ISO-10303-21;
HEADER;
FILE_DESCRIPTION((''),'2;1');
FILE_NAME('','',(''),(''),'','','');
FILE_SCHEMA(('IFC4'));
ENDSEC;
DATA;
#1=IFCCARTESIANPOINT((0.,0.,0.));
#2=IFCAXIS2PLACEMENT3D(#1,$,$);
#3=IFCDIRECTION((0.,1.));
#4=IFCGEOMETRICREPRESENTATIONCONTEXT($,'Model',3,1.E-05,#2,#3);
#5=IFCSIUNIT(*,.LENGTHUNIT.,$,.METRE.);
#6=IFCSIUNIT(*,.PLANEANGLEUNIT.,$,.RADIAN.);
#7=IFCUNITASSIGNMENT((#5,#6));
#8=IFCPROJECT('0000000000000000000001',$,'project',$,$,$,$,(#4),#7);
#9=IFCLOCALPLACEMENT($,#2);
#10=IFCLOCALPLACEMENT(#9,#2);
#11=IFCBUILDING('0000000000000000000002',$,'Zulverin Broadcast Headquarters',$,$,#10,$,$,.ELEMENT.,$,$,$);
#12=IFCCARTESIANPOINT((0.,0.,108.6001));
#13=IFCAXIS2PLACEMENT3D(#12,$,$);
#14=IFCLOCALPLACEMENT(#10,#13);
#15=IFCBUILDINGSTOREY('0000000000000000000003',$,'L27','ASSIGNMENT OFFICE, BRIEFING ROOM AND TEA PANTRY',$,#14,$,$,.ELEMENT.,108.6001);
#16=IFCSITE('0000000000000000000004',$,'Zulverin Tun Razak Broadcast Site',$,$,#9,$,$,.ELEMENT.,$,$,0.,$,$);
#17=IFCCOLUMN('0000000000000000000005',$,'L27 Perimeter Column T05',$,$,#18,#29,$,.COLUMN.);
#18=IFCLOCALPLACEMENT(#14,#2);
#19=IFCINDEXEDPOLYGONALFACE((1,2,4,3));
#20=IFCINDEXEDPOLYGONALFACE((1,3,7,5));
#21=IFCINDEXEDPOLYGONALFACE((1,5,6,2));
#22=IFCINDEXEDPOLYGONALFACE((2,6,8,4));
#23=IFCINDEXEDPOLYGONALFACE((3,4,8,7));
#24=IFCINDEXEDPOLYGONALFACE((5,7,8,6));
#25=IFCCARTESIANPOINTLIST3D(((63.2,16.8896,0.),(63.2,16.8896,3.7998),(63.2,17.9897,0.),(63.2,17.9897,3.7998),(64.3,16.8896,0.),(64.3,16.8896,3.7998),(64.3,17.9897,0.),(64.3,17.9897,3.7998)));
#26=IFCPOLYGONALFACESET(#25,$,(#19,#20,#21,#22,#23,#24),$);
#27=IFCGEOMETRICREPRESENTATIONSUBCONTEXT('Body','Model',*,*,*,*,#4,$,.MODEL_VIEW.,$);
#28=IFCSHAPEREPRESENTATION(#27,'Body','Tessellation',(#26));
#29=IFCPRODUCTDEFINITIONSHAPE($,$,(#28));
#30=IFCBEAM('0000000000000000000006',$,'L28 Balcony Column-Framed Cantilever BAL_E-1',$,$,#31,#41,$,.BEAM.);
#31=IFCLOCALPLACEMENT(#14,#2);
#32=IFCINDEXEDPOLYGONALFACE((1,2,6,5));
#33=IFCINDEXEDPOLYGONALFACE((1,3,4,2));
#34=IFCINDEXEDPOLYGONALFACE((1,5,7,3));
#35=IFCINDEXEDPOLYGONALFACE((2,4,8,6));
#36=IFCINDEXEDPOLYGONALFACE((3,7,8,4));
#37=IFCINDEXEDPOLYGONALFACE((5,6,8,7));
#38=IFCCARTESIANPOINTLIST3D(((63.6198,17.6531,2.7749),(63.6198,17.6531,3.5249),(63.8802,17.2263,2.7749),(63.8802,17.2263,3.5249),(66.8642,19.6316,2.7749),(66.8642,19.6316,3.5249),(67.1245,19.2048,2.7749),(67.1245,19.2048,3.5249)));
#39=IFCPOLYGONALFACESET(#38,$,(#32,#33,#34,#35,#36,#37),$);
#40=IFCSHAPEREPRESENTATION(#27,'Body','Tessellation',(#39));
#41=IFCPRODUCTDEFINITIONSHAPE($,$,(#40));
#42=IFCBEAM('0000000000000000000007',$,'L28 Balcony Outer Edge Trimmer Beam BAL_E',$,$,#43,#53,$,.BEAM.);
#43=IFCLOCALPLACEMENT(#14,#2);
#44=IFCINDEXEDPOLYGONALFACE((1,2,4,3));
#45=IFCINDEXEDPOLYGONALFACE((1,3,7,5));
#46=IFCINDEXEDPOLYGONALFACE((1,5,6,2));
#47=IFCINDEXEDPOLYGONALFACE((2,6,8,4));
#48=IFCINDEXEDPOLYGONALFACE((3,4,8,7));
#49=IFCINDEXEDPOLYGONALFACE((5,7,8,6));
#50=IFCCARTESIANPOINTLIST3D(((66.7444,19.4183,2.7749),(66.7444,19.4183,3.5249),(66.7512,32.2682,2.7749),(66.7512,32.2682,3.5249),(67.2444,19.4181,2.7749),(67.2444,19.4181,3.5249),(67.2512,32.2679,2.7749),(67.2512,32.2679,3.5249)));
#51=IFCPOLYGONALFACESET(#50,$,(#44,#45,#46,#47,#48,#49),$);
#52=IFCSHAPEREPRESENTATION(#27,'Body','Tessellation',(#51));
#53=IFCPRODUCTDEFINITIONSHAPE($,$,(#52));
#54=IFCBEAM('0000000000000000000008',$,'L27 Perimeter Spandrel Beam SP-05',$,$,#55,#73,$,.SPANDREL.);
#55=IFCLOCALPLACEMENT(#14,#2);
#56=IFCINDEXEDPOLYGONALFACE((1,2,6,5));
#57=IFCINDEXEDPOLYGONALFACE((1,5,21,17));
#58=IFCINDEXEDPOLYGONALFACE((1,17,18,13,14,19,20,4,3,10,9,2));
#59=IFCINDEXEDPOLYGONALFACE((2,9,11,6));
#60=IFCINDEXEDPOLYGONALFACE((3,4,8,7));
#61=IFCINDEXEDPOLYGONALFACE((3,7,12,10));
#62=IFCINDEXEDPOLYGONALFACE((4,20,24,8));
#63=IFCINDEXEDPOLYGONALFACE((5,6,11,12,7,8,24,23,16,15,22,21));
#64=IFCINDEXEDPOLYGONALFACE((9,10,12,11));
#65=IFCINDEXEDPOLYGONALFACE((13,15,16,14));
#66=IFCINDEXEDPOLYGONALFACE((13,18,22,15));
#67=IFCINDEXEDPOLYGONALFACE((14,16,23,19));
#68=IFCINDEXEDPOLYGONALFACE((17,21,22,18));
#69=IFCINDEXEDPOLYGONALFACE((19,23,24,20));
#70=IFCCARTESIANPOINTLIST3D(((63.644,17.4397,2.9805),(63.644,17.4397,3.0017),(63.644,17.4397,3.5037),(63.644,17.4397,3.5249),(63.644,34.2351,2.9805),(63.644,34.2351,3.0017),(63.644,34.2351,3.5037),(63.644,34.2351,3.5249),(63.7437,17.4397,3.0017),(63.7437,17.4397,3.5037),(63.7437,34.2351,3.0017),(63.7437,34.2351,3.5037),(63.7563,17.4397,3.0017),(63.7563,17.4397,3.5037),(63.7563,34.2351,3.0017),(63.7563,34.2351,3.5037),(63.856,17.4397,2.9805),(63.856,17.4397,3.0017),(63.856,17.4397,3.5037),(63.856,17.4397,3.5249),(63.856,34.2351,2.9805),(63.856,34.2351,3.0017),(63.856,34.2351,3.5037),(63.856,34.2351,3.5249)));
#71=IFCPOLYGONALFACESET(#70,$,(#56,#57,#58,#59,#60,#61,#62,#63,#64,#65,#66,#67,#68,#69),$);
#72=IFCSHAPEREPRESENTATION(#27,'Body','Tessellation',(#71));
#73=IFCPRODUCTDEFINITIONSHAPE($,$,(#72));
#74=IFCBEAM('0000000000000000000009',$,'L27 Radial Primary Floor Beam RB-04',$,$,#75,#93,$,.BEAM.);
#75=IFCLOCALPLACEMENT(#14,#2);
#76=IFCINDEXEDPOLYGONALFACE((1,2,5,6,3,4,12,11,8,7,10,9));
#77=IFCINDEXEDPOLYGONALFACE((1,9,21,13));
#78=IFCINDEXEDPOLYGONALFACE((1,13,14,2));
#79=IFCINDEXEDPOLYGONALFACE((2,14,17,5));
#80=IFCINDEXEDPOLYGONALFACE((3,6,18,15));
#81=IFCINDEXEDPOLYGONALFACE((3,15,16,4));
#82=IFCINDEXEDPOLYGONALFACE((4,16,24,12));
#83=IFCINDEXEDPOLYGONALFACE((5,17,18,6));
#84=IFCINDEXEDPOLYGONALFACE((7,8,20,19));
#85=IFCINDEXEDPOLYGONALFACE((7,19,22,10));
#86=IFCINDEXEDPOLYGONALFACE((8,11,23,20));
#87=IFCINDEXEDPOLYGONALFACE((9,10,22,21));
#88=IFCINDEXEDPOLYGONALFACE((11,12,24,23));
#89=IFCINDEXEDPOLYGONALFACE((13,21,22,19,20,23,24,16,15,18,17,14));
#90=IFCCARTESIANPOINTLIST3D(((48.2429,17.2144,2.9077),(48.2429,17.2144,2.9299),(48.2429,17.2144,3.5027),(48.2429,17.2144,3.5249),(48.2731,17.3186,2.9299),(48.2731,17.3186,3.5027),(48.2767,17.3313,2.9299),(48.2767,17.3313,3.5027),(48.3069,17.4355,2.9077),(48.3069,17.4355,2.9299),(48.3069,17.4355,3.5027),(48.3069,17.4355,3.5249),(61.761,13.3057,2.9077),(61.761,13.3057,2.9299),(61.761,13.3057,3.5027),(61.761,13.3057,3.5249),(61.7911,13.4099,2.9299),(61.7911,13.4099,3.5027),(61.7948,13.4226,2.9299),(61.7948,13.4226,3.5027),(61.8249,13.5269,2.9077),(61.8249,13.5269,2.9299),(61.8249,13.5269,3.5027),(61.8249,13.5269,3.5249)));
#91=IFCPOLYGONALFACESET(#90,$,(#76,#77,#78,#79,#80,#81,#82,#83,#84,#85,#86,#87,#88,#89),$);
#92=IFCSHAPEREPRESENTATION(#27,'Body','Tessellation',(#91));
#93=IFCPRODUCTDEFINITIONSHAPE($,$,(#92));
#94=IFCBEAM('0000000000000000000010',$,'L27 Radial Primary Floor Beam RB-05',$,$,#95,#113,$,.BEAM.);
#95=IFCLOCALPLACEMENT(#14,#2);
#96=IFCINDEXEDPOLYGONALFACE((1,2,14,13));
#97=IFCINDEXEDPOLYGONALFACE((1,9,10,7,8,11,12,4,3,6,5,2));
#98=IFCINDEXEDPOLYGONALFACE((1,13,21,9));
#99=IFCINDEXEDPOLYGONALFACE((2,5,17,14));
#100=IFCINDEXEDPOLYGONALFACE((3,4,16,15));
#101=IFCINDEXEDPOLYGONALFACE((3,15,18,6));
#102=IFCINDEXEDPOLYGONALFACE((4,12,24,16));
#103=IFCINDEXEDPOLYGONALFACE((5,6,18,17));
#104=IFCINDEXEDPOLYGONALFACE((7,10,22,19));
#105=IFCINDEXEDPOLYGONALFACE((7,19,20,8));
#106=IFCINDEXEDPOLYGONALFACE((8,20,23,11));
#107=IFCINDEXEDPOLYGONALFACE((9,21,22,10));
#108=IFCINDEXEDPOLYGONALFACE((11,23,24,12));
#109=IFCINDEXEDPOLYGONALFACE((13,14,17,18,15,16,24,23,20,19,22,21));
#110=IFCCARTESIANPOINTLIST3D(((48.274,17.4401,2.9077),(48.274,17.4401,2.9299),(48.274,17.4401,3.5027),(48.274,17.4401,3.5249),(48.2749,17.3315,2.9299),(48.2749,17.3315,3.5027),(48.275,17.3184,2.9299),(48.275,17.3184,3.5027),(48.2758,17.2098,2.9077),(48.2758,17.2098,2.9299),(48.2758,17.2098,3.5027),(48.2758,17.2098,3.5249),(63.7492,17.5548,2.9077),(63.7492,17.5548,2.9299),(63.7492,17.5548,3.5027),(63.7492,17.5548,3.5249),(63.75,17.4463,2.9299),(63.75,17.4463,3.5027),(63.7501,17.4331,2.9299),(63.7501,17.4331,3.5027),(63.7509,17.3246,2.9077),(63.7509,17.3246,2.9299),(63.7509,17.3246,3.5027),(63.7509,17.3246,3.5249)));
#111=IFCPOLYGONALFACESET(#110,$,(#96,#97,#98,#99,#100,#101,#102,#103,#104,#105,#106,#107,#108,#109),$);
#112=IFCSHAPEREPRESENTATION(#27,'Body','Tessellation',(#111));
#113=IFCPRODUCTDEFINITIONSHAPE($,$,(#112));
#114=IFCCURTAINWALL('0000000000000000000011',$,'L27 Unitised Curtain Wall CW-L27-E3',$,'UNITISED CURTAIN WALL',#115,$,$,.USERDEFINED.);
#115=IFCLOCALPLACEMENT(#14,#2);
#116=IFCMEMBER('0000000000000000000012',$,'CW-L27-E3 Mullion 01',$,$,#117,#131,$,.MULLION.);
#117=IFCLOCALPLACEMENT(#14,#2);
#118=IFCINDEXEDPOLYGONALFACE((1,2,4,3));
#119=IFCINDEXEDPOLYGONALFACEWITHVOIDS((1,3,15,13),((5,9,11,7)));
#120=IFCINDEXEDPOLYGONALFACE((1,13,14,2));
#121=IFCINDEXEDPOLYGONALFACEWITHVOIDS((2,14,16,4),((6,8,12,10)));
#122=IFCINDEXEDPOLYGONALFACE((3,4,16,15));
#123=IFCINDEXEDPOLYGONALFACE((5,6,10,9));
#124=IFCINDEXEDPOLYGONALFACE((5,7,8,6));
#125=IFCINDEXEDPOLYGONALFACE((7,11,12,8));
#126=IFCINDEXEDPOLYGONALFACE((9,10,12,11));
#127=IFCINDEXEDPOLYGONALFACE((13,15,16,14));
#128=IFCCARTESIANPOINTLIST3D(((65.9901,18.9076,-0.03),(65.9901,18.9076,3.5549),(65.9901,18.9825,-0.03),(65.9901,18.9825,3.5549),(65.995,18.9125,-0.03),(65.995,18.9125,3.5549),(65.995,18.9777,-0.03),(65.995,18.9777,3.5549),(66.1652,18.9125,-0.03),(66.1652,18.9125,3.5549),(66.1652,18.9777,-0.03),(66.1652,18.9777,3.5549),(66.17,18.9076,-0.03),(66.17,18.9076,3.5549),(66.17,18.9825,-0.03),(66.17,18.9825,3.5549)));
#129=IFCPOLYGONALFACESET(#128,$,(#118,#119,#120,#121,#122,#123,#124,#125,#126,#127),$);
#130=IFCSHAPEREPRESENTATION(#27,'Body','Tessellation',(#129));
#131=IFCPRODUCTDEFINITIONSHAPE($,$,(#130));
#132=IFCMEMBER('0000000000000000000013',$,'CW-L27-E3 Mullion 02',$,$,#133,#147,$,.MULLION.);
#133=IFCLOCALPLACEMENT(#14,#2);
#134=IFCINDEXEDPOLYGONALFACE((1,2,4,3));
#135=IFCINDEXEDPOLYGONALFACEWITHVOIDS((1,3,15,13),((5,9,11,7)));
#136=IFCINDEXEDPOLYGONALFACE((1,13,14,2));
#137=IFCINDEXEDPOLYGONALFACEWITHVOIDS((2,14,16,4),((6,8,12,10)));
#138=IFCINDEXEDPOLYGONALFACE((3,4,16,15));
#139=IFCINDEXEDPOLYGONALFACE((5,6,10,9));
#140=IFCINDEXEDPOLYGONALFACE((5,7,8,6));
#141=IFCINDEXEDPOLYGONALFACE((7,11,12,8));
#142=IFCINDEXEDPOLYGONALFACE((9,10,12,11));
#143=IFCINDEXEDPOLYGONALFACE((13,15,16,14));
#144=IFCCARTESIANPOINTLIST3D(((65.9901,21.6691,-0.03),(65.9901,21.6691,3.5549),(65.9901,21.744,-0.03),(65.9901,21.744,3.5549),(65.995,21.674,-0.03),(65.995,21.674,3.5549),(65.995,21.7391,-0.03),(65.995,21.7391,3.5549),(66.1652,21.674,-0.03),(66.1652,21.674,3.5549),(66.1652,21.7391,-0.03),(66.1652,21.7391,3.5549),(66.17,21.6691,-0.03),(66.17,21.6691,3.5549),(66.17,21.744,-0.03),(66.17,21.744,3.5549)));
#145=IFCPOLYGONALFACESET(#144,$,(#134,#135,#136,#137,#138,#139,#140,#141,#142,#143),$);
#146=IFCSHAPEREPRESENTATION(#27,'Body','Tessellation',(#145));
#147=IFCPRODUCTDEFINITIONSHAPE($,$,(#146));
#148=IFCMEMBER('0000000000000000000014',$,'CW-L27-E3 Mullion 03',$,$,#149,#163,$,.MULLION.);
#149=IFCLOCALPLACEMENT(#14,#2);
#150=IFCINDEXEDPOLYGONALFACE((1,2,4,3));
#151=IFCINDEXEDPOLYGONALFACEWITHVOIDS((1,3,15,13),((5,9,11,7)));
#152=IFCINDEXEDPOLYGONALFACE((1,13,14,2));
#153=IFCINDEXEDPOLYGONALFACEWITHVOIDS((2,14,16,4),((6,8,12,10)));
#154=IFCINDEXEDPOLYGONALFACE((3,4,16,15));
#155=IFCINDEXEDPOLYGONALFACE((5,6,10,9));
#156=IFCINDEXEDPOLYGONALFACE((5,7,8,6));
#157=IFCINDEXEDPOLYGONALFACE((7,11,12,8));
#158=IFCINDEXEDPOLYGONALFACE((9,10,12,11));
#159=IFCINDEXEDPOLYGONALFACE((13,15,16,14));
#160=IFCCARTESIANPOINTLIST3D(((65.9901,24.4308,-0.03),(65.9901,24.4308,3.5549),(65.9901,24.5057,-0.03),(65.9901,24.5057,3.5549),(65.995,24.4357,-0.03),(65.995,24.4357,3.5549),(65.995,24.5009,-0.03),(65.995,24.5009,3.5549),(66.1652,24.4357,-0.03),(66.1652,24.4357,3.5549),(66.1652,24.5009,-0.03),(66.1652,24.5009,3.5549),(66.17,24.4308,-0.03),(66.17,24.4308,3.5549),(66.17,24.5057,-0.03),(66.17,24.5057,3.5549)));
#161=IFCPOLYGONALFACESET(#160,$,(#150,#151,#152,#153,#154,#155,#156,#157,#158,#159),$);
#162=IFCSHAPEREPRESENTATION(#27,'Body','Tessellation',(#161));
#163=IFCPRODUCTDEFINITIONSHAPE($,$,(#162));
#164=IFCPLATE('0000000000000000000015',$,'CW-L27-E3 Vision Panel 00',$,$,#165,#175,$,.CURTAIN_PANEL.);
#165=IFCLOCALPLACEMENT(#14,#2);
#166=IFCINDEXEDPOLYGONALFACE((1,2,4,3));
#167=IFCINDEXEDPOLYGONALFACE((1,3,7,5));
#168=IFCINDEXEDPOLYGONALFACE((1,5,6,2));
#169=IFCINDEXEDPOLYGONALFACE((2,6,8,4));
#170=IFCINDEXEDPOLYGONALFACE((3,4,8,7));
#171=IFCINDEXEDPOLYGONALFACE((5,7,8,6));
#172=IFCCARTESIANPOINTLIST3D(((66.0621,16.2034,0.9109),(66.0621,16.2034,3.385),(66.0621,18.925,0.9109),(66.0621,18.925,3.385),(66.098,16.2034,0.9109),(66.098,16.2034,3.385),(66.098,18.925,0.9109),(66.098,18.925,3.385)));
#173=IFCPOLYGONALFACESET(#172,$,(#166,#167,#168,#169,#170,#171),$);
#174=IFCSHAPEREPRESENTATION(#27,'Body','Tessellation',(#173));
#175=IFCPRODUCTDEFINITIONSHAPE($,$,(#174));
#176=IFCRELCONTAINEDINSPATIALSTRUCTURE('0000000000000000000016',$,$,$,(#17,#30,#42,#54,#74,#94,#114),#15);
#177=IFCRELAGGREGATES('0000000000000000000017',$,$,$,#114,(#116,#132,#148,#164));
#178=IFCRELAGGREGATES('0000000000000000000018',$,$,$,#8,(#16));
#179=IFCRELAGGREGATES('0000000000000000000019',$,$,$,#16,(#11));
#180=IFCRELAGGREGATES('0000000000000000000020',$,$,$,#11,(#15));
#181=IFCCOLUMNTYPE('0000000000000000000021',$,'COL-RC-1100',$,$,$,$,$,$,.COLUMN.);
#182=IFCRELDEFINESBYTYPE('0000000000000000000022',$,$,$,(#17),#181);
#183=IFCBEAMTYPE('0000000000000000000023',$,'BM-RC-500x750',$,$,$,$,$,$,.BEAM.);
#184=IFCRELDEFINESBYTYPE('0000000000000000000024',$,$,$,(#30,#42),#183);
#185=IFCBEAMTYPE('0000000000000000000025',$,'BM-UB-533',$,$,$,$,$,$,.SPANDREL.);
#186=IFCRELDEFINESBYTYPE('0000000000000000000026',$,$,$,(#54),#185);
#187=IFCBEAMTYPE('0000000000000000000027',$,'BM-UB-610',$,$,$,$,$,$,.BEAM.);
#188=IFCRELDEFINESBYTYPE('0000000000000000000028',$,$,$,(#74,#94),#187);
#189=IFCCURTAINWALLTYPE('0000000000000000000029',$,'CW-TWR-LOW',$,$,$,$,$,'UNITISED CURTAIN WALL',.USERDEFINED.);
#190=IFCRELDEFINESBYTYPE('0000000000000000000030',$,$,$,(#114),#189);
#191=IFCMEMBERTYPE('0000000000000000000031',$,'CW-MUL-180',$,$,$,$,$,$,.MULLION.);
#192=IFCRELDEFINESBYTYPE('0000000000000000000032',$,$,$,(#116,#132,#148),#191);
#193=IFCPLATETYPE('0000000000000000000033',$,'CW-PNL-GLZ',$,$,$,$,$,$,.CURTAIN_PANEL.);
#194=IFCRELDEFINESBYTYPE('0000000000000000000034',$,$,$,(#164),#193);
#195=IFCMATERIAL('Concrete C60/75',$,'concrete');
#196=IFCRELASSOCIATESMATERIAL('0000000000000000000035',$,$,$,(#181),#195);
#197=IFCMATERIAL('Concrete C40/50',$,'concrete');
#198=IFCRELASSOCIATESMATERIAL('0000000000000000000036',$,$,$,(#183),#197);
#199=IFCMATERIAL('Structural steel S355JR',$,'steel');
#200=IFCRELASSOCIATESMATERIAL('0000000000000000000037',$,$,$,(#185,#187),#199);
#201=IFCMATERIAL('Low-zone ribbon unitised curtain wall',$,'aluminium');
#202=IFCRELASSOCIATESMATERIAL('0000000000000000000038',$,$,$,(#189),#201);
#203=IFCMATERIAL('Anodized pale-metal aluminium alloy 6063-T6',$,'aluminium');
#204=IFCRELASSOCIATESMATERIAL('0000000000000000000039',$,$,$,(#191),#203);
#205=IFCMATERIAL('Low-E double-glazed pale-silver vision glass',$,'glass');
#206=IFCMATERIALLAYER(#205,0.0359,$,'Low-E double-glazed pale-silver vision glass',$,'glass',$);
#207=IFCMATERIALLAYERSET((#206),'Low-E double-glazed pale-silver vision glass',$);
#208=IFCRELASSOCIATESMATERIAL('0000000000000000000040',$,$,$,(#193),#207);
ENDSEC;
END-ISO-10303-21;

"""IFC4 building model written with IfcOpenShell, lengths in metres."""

from ifc_helpers import new_model, si_unit, direction, frame, origin, origin_2d, place, context, subcontext, project, spatial, rectangle, hollow_rectangle, i_section, extrude, material, layer, layer_set, material_profile, profile_set, type_object, element, aggregate, save


model = new_model("IFC4")

# Units and contexts
model_context = context("Model", 3, precision=1e-05, world=origin(), true_north=direction((0.0, 1.0)))
body_context = subcontext(model_context, "Body", "Model", "MODEL_VIEW")
ifc_project = project(units=[si_unit("LENGTHUNIT", "METRE"), si_unit("PLANEANGLEUNIT", "RADIAN")], contexts=[model_context])

# Site, building, storey
site_placement = place(None, origin())
site = spatial("IfcSite", under=ifc_project, at=site_placement, Name="Zulverin Tun Razak Broadcast Site", CompositionType="ELEMENT", RefElevation=0.0)
building_placement = place(site_placement, origin())
building = spatial("IfcBuilding", under=site, at=building_placement, Name="Zulverin Broadcast Headquarters", CompositionType="ELEMENT")
storey_placement = place(building_placement, frame((0.0, 0.0, 108.6001)))
storey = spatial("IfcBuildingStorey", under=building, at=storey_placement, Name="L27", Description="ASSIGNMENT OFFICE, BRIEFING ROOM AND TEA PANTRY", CompositionType="ELEMENT", Elevation=108.6001)

# Column
ifc_material_1 = material(Name="Concrete C60/75", Category="concrete")
ifc_material_profile_1 = material_profile(ifc_material_1, rectangle(XDim=1.1001, YDim=1.1001, at=origin_2d()), Name="Concrete C60/75", Category="concrete")
ifc_profile_set_1 = profile_set([ifc_material_profile_1], Name="Concrete C60/75")
column_type = type_object("IfcColumnType", Name="COL-RC-1100", PredefinedType="COLUMN", material=ifc_profile_set_1)
column_placement = place(storey_placement, frame((63.75, 17.4397, 0.0), z_axis=(0.0, 0.0, 1.0), x_axis=(1.0, 0.0, 0.0)))
element("IfcColumn", 1, at=column_placement, inside=storey, type_object=column_type, Name="L27 Perimeter Column T05", PredefinedType="COLUMN", context=body_context, shape_type="SweptSolid", body=[
    extrude(rectangle(XDim=1.1001, YDim=1.1001, at=origin_2d()), origin(), (0.0, 0.0, 1.0), 3.7998),
])

# Beams
ifc_material_2 = material(Name="Concrete C40/50", Category="concrete")
ifc_material_profile_2 = material_profile(ifc_material_2, rectangle(XDim=0.5, YDim=0.75, at=origin_2d()), Name="Concrete C40/50", Category="concrete")
ifc_profile_set_2 = profile_set([ifc_material_profile_2], Name="Concrete C40/50")
beam_type_1 = type_object("IfcBeamType", Name="BM-RC-500x750", PredefinedType="BEAM", material=ifc_profile_set_2)
beam_1_placement = place(storey_placement, frame((63.75, 17.4397, 3.1499), z_axis=(0.853769, 0.520652, 0.0), x_axis=(-0.520652, 0.853769, 0.0)))
element("IfcBeam", 2, at=beam_1_placement, inside=storey, type_object=beam_type_1, Name="L28 Balcony Column-Framed Cantilever BAL_E-1", PredefinedType="BEAM", context=body_context, shape_type="SweptSolid", body=[
    extrude(rectangle(XDim=0.5, YDim=0.75, at=origin_2d()), origin(), (0.0, 0.0, 1.0), 3.8),
])
beam_2_placement = place(storey_placement, frame((66.9944, 19.4182, 3.1499), z_axis=(0.000532, 1.0, 0.0), x_axis=(-1.0, 0.000532, 0.0)))
element("IfcBeam", 3, at=beam_2_placement, inside=storey, type_object=beam_type_1, Name="L28 Balcony Outer Edge Trimmer Beam BAL_E", PredefinedType="BEAM", context=body_context, shape_type="SweptSolid", body=[
    extrude(rectangle(XDim=0.5, YDim=0.75, at=origin_2d()), origin(), (0.0, 0.0, 1.0), 12.8499),
])
ifc_material_3 = material(Name="Structural steel S355JR", Category="steel")
ifc_material_profile_3 = material_profile(ifc_material_3, i_section(OverallWidth=0.2119, OverallDepth=0.5444, WebThickness=0.0127, FlangeThickness=0.0212, at=origin_2d()), Name="Structural steel S355JR", Category="steel")
ifc_profile_set_3 = profile_set([ifc_material_profile_3], Name="Structural steel S355JR")
beam_type_2 = type_object("IfcBeamType", Name="BM-UB-533", PredefinedType="SPANDREL", material=ifc_profile_set_3)
beam_3_placement = place(storey_placement, frame((63.75, 17.4397, 3.2527), z_axis=(0.0, 1.0, 0.0), x_axis=(-1.0, 0.0, 0.0)))
element("IfcBeam", 4, at=beam_3_placement, inside=storey, type_object=beam_type_2, Name="L27 Perimeter Spandrel Beam SP-05", PredefinedType="SPANDREL", context=body_context, shape_type="SweptSolid", body=[
    extrude(i_section(OverallWidth=0.2119, OverallDepth=0.5444, WebThickness=0.0127, FlangeThickness=0.0212, at=origin_2d()), origin(), (0.0, 0.0, 1.0), 16.7954),
])
ifc_material_profile_4 = material_profile(ifc_material_3, i_section(OverallWidth=0.2302, OverallDepth=0.6172, WebThickness=0.0132, FlangeThickness=0.0222, at=origin_2d()), Name="Structural steel S355JR", Category="steel")
ifc_profile_set_4 = profile_set([ifc_material_profile_4], Name="Structural steel S355JR")
beam_type_3 = type_object("IfcBeamType", Name="BM-UB-610", PredefinedType="BEAM", material=ifc_profile_set_4)
beam_4_placement = place(storey_placement, frame((48.2749, 17.325, 3.2163), z_axis=(0.960648, -0.277767, 0.0), x_axis=(0.277767, 0.960648, 0.0)))
element("IfcBeam", 5, at=beam_4_placement, inside=storey, type_object=beam_type_3, Name="L27 Radial Primary Floor Beam RB-04", PredefinedType="BEAM", context=body_context, shape_type="SweptSolid", body=[
    extrude(i_section(OverallWidth=0.2302, OverallDepth=0.6172, WebThickness=0.0132, FlangeThickness=0.0222, at=origin_2d()), origin(), (0.0, 0.0, 1.0), 14.0718),
])
beam_5_placement = place(storey_placement, frame((48.2749, 17.325, 3.2163), z_axis=(0.999973, 0.007415, 0.0), x_axis=(-0.007415, 0.999973, 0.0)))
element("IfcBeam", 6, at=beam_5_placement, inside=storey, type_object=beam_type_3, Name="L27 Radial Primary Floor Beam RB-05", PredefinedType="BEAM", context=body_context, shape_type="SweptSolid", body=[
    extrude(i_section(OverallWidth=0.2302, OverallDepth=0.6172, WebThickness=0.0132, FlangeThickness=0.0222, at=origin_2d()), origin(), (0.0, 0.0, 1.0), 15.4756),
])

# Curtain wall, members, plate
ifc_material_4 = material(Name="Low-zone ribbon unitised curtain wall", Category="aluminium")
curtain_wall_type = type_object("IfcCurtainWallType", Name="CW-TWR-LOW", ElementType="UNITISED CURTAIN WALL", PredefinedType="USERDEFINED", material=ifc_material_4)
curtain_wall_placement = place(storey_placement, origin())
curtain_wall = element("IfcCurtainWall", 7, at=curtain_wall_placement, inside=storey, type_object=curtain_wall_type, Name="L27 Unitised Curtain Wall CW-L27-E3", ObjectType="UNITISED CURTAIN WALL", PredefinedType="USERDEFINED")
ifc_material_5 = material(Name="Anodized pale-metal aluminium alloy 6063-T6", Category="aluminium")
ifc_material_profile_5 = material_profile(ifc_material_5, hollow_rectangle(XDim=0.075, YDim=0.1799, WallThickness=0.0049, at=origin_2d()), Name="Anodized pale-metal aluminium alloy 6063-T6", Category="aluminium")
ifc_profile_set_5 = profile_set([ifc_material_profile_5], Name="Anodized pale-metal aluminium alloy 6063-T6")
member_type = type_object("IfcMemberType", Name="CW-MUL-180", PredefinedType="MULLION", material=ifc_profile_set_5)
member_1_placement = place(storey_placement, frame((66.0801, 18.9451, -0.03), z_axis=(0.0, 0.0, 1.0), x_axis=(0.0, 1.0, 0.0)))
member_1 = element("IfcMember", 8, at=member_1_placement, type_object=member_type, Name="CW-L27-E3 Mullion 01", PredefinedType="MULLION", context=body_context, shape_type="SweptSolid", body=[
    extrude(hollow_rectangle(XDim=0.075, YDim=0.1799, WallThickness=0.0049, at=origin_2d()), origin(), (0.0, 0.0, 1.0), 3.585),
])
member_2_placement = place(storey_placement, frame((66.0801, 21.7065, -0.03), z_axis=(0.0, 0.0, 1.0), x_axis=(0.0, 1.0, 0.0)))
member_2 = element("IfcMember", 9, at=member_2_placement, type_object=member_type, Name="CW-L27-E3 Mullion 02", PredefinedType="MULLION", context=body_context, shape_type="SweptSolid", body=[
    extrude(hollow_rectangle(XDim=0.075, YDim=0.1799, WallThickness=0.0049, at=origin_2d()), origin(), (0.0, 0.0, 1.0), 3.585),
])
member_3_placement = place(storey_placement, frame((66.0801, 24.4683, -0.03), z_axis=(0.0, 0.0, 1.0), x_axis=(0.0, 1.0, 0.0)))
member_3 = element("IfcMember", 10, at=member_3_placement, type_object=member_type, Name="CW-L27-E3 Mullion 03", PredefinedType="MULLION", context=body_context, shape_type="SweptSolid", body=[
    extrude(hollow_rectangle(XDim=0.075, YDim=0.1799, WallThickness=0.0049, at=origin_2d()), origin(), (0.0, 0.0, 1.0), 3.585),
])
ifc_material_6 = material(Name="Low-E double-glazed pale-silver vision glass", Category="glass")
ifc_layer_1 = layer(ifc_material_6, 0.0359, Name="Low-E double-glazed pale-silver vision glass", Category="glass")
ifc_layer_set_1 = layer_set([ifc_layer_1], Name="Low-E double-glazed pale-silver vision glass")
plate_type_1 = type_object("IfcPlateType", Name="CW-PNL-GLZ", PredefinedType="CURTAIN_PANEL", material=ifc_layer_set_1)
plate_1_placement = place(storey_placement, frame((66.0801, 17.5642, 0.9109), z_axis=(0.0, 0.0, 1.0), x_axis=(0.0, 1.0, 0.0)))
plate_1 = element("IfcPlate", 11, at=plate_1_placement, type_object=plate_type_1, Name="CW-L27-E3 Vision Panel 00", PredefinedType="CURTAIN_PANEL", context=body_context, shape_type="SweptSolid", body=[
    extrude(rectangle(XDim=2.7217, YDim=0.0359, at=origin_2d()), origin(), (0.0, 0.0, 1.0), 2.4741),
])
aggregate(curtain_wall, [member_1, member_2, member_3, plate_1])

save(model, "model.ifc")
